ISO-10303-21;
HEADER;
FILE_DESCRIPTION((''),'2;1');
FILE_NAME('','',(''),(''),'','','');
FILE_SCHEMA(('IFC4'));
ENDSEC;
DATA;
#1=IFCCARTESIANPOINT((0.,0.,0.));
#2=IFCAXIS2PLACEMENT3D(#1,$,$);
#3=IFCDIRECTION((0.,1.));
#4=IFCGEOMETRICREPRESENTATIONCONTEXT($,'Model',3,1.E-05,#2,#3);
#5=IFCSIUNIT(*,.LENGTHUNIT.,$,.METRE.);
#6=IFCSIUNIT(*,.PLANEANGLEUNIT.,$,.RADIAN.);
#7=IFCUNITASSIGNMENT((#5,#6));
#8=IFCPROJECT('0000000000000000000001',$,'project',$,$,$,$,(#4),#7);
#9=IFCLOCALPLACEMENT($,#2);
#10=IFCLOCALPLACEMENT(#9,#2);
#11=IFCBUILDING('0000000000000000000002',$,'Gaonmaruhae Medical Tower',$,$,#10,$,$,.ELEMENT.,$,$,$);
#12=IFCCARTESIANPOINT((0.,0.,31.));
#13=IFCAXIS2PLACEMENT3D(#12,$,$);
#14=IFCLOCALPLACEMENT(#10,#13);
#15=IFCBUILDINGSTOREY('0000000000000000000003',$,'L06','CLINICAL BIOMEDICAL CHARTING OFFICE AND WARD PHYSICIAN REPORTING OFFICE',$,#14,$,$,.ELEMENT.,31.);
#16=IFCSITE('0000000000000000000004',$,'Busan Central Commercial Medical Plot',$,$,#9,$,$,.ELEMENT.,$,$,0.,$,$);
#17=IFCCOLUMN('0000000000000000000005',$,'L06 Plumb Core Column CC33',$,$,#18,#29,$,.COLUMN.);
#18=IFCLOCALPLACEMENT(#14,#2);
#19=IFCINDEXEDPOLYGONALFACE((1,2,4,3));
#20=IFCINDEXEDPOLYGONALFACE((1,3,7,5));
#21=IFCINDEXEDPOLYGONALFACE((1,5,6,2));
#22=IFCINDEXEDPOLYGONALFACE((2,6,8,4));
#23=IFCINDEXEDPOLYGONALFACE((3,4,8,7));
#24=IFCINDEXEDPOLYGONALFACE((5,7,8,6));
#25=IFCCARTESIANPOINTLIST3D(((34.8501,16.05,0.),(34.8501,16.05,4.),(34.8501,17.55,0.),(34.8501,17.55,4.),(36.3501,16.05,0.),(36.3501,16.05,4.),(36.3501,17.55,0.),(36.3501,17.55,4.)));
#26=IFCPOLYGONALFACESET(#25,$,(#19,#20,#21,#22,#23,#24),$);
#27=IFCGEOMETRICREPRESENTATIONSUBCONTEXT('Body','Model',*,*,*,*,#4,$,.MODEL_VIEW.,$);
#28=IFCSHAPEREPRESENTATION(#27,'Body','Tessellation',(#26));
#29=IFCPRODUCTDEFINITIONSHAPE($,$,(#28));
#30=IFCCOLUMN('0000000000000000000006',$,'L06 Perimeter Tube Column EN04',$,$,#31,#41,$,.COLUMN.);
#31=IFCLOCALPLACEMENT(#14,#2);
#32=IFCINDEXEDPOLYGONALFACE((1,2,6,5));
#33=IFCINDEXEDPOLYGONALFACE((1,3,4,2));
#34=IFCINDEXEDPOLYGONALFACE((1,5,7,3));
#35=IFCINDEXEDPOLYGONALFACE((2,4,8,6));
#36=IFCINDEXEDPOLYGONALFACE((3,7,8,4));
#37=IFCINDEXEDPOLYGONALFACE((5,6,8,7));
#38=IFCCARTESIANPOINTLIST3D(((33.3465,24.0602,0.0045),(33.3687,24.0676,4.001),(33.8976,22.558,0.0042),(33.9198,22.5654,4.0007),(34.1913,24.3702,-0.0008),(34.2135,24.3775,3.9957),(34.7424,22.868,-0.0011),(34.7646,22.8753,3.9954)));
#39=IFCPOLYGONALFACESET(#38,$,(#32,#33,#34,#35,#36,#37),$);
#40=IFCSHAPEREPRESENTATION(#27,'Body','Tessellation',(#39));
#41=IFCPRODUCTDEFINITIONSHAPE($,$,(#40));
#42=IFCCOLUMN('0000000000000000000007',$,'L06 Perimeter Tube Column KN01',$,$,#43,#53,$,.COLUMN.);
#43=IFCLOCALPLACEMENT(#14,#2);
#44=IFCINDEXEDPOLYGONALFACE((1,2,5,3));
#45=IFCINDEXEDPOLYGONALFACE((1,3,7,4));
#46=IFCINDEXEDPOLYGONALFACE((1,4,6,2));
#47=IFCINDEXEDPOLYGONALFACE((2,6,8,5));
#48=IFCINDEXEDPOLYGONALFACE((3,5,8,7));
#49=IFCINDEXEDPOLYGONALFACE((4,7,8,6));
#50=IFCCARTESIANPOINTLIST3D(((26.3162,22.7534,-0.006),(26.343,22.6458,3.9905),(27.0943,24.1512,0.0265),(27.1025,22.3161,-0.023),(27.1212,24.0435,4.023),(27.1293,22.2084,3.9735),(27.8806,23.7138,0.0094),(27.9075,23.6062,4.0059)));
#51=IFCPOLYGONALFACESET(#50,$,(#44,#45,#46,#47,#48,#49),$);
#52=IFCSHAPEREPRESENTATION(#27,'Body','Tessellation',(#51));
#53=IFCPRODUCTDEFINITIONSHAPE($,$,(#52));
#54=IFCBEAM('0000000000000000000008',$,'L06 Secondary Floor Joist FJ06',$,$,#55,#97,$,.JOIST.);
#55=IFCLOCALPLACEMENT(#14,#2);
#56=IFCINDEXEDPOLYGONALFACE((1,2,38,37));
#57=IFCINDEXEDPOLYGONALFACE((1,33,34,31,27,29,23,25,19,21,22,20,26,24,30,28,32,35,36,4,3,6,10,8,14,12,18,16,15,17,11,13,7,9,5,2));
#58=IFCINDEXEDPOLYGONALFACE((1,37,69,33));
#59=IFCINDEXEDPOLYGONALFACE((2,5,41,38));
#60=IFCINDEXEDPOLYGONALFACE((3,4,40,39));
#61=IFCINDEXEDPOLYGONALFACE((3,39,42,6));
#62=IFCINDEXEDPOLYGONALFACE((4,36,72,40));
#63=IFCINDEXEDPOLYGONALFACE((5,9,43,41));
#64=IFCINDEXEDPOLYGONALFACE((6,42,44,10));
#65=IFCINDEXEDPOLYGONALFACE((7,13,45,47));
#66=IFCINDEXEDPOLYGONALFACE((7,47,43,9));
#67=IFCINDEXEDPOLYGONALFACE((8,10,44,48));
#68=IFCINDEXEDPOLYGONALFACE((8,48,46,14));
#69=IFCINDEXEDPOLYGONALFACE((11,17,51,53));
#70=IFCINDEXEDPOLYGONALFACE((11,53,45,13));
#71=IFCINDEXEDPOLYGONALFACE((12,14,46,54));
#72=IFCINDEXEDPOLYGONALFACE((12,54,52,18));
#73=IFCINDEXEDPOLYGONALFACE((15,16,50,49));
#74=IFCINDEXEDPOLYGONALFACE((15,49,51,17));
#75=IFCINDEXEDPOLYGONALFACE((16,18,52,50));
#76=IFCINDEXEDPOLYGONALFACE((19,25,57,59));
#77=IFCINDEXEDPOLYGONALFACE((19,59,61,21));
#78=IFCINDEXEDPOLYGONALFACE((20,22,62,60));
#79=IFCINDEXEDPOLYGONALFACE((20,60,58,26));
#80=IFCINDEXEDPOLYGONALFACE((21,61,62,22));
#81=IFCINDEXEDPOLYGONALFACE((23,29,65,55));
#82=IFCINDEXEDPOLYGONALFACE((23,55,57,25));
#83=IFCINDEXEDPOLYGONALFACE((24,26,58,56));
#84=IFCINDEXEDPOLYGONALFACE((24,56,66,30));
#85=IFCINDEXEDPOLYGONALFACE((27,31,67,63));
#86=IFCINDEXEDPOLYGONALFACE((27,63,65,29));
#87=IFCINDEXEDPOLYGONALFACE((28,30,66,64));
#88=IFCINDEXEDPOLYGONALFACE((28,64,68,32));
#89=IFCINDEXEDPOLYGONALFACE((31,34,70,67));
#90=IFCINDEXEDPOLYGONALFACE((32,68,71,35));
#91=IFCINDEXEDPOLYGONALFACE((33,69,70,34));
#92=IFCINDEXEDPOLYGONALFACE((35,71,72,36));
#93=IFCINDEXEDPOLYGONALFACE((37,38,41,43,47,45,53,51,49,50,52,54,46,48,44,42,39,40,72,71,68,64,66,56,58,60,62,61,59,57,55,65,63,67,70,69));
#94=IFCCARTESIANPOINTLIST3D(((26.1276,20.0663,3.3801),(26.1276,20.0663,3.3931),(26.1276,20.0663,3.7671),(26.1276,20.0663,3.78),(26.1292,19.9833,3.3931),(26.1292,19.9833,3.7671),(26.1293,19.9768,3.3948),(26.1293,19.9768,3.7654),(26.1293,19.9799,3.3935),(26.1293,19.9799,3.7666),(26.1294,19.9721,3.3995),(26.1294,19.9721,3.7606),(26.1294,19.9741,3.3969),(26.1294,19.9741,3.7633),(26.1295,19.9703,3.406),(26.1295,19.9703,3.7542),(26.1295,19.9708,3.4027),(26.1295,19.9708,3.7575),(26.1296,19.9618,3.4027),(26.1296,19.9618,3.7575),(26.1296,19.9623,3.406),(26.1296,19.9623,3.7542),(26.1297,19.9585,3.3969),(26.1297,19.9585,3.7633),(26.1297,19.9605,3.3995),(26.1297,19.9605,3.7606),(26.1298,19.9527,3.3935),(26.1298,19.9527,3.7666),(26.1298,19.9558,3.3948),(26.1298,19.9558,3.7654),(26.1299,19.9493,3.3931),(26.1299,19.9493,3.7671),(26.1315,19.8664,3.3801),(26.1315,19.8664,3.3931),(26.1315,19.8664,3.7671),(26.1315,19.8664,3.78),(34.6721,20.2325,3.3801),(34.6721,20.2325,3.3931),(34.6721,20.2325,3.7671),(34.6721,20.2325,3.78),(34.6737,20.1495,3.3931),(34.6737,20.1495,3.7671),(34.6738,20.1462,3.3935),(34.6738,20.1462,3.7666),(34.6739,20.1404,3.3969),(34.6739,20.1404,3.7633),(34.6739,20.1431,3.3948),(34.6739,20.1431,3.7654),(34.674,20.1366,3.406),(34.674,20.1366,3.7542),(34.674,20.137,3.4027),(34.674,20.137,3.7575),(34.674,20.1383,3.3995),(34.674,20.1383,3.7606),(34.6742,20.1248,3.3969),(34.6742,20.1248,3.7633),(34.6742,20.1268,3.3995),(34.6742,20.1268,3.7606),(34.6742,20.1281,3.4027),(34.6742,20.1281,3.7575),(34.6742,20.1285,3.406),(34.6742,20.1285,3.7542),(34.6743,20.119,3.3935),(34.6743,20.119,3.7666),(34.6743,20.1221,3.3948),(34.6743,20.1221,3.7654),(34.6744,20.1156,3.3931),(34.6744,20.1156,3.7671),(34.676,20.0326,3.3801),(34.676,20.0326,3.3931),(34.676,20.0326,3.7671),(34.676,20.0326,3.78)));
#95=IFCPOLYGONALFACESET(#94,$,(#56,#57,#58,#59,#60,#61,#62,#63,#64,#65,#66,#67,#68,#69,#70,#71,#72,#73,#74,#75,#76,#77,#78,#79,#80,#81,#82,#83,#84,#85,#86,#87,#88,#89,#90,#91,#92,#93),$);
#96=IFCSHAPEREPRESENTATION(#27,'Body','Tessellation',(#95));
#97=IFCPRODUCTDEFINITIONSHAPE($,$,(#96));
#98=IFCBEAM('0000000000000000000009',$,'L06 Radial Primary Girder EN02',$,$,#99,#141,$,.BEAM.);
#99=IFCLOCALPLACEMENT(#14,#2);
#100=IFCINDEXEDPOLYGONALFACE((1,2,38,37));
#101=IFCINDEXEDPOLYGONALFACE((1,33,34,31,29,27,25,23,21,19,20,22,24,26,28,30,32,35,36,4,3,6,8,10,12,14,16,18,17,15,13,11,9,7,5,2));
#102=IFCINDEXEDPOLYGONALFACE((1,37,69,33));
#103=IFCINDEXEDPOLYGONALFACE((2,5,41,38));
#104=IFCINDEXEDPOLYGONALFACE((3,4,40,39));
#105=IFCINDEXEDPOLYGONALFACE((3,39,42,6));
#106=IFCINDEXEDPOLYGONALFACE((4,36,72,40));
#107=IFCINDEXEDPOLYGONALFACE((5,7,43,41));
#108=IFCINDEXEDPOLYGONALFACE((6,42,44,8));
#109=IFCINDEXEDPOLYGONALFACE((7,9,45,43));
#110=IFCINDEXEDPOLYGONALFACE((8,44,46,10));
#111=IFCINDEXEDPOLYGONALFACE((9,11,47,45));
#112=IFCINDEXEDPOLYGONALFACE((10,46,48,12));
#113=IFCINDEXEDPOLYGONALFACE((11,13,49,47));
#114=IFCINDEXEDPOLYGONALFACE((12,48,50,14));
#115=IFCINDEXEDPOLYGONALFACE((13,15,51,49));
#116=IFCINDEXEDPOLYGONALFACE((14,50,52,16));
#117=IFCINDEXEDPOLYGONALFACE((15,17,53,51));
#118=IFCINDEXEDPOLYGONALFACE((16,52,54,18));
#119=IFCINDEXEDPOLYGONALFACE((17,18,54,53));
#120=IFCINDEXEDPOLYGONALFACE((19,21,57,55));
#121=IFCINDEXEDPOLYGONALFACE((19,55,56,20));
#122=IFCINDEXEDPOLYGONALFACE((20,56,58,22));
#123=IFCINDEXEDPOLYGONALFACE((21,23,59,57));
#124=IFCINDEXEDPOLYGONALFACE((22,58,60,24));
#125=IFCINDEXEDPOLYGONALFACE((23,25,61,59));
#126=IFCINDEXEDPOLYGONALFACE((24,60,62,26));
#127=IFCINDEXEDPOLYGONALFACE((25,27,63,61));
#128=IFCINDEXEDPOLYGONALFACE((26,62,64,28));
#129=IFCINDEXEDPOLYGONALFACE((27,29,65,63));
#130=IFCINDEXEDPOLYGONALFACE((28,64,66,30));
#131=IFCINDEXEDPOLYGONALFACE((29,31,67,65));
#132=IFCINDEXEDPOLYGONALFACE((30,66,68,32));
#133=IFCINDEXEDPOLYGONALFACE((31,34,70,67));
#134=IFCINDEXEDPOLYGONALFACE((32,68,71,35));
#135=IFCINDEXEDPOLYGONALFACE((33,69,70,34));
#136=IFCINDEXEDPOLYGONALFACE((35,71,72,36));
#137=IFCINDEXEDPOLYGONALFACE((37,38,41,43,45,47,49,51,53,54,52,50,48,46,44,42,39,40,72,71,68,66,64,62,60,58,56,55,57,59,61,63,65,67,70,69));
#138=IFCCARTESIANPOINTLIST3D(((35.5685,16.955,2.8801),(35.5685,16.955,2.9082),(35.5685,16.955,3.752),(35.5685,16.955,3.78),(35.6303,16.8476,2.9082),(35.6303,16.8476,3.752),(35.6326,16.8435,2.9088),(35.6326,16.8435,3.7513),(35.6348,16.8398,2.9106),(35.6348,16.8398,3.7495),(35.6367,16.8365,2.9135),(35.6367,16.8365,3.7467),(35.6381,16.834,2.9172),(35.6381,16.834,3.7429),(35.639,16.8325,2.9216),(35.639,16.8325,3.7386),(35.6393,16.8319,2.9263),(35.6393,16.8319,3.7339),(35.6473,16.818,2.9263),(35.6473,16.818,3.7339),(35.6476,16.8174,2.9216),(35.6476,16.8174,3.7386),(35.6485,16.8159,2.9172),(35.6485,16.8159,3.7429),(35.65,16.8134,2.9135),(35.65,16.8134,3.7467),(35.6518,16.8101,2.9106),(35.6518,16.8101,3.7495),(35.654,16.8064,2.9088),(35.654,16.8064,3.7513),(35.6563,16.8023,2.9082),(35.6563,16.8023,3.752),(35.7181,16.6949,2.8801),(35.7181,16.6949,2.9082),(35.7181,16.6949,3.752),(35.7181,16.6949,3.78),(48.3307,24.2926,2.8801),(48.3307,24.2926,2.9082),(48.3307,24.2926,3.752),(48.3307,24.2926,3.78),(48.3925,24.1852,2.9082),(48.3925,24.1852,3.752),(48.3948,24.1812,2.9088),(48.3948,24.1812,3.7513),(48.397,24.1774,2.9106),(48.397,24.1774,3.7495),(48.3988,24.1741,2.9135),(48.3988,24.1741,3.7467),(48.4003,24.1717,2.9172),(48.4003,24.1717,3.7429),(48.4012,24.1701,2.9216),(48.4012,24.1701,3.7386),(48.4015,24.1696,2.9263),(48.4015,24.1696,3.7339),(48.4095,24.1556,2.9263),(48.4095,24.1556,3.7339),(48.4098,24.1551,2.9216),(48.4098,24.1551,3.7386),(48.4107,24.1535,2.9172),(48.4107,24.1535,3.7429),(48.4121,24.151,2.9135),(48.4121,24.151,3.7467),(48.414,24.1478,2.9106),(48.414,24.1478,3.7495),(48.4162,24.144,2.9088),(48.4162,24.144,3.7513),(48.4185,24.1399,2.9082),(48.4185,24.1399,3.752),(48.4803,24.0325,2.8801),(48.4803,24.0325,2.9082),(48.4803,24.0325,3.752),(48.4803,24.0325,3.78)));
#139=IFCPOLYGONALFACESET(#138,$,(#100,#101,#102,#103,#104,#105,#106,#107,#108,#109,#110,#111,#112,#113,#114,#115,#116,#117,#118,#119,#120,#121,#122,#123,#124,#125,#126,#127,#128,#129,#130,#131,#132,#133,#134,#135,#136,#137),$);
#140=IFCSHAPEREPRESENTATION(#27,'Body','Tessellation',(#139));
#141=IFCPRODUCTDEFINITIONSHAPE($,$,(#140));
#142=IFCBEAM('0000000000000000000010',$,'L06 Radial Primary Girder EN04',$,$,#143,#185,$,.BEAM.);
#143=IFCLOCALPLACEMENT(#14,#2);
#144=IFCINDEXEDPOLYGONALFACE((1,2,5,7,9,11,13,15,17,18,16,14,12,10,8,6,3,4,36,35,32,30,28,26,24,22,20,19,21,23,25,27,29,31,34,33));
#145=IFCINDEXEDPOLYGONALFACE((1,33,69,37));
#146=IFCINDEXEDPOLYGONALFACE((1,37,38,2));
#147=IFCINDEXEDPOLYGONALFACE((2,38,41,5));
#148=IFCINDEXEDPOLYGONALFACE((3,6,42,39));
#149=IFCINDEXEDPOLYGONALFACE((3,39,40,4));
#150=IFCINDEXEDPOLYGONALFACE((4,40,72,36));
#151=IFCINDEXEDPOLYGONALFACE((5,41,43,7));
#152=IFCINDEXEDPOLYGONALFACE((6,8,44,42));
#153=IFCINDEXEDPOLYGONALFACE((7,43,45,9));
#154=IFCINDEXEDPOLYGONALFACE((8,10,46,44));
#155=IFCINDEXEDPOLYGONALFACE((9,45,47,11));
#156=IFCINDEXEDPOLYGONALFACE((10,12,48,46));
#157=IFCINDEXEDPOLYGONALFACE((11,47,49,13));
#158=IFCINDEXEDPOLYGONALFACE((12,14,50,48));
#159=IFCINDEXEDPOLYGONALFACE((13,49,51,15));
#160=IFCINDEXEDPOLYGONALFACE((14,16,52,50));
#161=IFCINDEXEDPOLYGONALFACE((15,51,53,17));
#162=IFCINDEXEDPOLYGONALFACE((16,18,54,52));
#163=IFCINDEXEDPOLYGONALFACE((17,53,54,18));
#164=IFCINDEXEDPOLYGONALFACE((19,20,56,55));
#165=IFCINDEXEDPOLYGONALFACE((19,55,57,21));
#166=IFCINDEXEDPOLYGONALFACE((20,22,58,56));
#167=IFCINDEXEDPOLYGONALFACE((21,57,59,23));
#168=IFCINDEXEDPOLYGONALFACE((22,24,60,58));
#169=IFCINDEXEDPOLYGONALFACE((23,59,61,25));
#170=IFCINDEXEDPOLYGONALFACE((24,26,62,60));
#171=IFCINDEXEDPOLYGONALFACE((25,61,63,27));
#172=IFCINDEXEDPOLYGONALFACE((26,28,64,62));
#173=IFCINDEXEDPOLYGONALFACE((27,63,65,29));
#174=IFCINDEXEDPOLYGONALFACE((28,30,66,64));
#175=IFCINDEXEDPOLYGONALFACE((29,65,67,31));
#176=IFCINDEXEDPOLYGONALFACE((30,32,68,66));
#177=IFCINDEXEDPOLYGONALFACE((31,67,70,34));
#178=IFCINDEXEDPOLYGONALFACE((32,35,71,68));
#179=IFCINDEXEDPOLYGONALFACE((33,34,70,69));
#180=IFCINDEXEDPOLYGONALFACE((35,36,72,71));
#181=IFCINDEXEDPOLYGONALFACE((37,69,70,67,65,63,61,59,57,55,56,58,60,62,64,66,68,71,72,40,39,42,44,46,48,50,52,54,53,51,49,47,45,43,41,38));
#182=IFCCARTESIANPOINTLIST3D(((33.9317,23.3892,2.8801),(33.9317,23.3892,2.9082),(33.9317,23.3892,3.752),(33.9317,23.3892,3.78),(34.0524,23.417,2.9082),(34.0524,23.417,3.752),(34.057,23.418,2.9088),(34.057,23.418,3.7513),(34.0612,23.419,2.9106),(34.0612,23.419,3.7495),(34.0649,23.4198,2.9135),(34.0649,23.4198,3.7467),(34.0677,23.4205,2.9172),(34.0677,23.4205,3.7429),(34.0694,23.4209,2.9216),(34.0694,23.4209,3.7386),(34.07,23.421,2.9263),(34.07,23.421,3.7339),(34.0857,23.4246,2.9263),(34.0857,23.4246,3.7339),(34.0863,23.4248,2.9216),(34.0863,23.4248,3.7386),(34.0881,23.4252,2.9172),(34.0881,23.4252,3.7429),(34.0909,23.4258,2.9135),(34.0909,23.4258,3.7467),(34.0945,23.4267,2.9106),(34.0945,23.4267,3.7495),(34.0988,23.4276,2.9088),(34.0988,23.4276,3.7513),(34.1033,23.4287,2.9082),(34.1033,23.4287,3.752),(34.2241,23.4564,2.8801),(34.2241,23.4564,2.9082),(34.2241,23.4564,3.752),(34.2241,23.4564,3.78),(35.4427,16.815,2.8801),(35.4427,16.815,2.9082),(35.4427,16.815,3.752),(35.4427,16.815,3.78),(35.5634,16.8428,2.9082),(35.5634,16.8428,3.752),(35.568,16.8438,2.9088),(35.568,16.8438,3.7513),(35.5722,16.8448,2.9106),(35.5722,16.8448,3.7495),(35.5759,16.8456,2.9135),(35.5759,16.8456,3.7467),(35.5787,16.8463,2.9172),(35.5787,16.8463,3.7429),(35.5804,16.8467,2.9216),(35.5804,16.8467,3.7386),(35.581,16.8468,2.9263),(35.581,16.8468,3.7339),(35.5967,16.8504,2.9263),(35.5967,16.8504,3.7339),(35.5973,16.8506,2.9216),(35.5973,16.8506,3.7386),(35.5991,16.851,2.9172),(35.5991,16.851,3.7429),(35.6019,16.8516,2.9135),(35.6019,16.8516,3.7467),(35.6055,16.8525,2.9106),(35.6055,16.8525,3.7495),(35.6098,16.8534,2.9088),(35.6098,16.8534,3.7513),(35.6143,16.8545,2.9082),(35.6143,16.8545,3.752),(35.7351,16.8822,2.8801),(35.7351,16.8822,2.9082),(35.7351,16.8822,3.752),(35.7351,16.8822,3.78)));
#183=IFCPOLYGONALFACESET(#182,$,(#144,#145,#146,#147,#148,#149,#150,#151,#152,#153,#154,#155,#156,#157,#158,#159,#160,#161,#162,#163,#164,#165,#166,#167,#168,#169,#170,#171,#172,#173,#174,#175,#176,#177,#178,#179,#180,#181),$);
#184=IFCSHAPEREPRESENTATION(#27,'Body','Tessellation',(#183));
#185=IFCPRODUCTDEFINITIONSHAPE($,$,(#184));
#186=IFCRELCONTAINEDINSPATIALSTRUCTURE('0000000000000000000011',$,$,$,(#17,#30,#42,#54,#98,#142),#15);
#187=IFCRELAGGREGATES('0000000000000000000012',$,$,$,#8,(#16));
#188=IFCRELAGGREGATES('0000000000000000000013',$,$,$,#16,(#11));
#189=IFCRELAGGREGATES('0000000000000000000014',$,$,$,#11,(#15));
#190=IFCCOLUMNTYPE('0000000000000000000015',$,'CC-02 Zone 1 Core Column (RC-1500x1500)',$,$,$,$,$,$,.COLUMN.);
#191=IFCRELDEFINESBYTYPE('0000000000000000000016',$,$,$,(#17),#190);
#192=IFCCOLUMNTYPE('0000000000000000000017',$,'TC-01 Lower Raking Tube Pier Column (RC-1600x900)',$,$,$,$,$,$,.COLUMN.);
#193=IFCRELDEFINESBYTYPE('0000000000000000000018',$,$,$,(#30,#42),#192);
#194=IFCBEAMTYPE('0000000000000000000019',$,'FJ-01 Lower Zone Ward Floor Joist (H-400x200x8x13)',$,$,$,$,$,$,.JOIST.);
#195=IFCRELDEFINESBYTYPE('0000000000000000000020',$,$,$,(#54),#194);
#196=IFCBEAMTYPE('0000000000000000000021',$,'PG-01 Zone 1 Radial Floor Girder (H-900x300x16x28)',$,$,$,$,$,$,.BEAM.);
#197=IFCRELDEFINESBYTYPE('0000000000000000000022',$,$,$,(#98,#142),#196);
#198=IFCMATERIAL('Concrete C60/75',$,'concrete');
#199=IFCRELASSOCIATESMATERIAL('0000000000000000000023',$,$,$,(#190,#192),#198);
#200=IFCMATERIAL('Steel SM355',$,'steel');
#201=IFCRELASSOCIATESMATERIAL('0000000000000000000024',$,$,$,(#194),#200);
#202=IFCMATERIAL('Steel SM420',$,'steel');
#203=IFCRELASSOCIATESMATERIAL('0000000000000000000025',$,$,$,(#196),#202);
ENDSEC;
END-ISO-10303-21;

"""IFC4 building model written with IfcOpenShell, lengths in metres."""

from ifc_helpers import new_model, si_unit, direction, frame, origin, origin_2d, place, context, subcontext, project, spatial, rectangle, i_section, extrude, material, material_profile, profile_set, type_object, element, save


model = new_model("IFC4")

# Units and contexts
model_context = context("Model", 3, precision=1e-05, world=origin(), true_north=direction((0.0, 1.0)))
body_context = subcontext(model_context, "Body", "Model", "MODEL_VIEW")
ifc_project = project(units=[si_unit("LENGTHUNIT", "METRE"), si_unit("PLANEANGLEUNIT", "RADIAN")], contexts=[model_context])

# Site, building, storey
site_placement = place(None, origin())
site = spatial("IfcSite", under=ifc_project, at=site_placement, Name="Busan Central Commercial Medical Plot", CompositionType="ELEMENT", RefElevation=0.0)
building_placement = place(site_placement, origin())
building = spatial("IfcBuilding", under=site, at=building_placement, Name="Gaonmaruhae Medical Tower", CompositionType="ELEMENT")
storey_placement = place(building_placement, frame((0.0, 0.0, 31.0)))
storey = spatial("IfcBuildingStorey", under=building, at=storey_placement, Name="L06", Description="CLINICAL BIOMEDICAL CHARTING OFFICE AND WARD PHYSICIAN REPORTING OFFICE", CompositionType="ELEMENT", Elevation=31.0)

# Columns
ifc_material_1 = material(Name="Concrete C60/75", Category="concrete")
ifc_material_profile_1 = material_profile(ifc_material_1, rectangle(XDim=1.5, YDim=1.5, at=origin_2d()), Name="RC-1500x1500")
ifc_profile_set_1 = profile_set([ifc_material_profile_1], Name="Concrete C60/75")
column_type_1 = type_object("IfcColumnType", Name="CC-02 Zone 1 Core Column (RC-1500x1500)", PredefinedType="COLUMN", material=ifc_profile_set_1)
column_1_placement = place(storey_placement, frame((35.6001, 16.8, 0.0), z_axis=(0.0, 0.0, 1.0), x_axis=(1.0, 0.0, 0.0)))
element("IfcColumn", 1, at=column_1_placement, inside=storey, type_object=column_type_1, Name="L06 Plumb Core Column CC33", PredefinedType="COLUMN", context=body_context, shape_type="SweptSolid", body=[
    extrude(rectangle(XDim=1.5, YDim=1.5, at=origin_2d()), origin(), (0.0, 0.0, 1.0), 4.0),
])
ifc_material_profile_2 = material_profile(ifc_material_1, rectangle(XDim=1.6001, YDim=0.8999, at=origin_2d()), Name="RC-1600x900")
ifc_profile_set_2 = profile_set([ifc_material_profile_2], Name="Concrete C60/75")
column_type_2 = type_object("IfcColumnType", Name="TC-01 Lower Raking Tube Pier Column (RC-1600x900)", PredefinedType="COLUMN", material=ifc_profile_set_2)
column_2_placement = place(storey_placement, frame((34.0444, 23.4641, 0.0017), z_axis=(0.005559, 0.001833, 0.999983), x_axis=(-0.344411, 0.938819, 0.000194)))
element("IfcColumn", 2, at=column_2_placement, inside=storey, type_object=column_type_2, Name="L06 Perimeter Tube Column EN04", PredefinedType="COLUMN", context=body_context, shape_type="SweptSolid", body=[
    extrude(rectangle(XDim=1.6001, YDim=0.8999, at=origin_2d()), origin(), (0.0, 0.0, 1.0), 3.9966),
])
column_3_placement = place(storey_placement, frame((27.0984, 23.2336, 0.0017), z_axis=(0.006717, -0.026929, 0.999615), x_axis=(0.486317, 0.873547, 0.020265)))
element("IfcColumn", 3, at=column_3_placement, inside=storey, type_object=column_type_2, Name="L06 Perimeter Tube Column KN01", PredefinedType="COLUMN", context=body_context, shape_type="SweptSolid", body=[
    extrude(rectangle(XDim=1.6001, YDim=0.8999, at=origin_2d()), origin(), (0.0, 0.0, 1.0), 3.998),
])

# Beams
ifc_material_2 = material(Name="Steel SM355", Category="steel")
ifc_material_profile_3 = material_profile(ifc_material_2, i_section(OverallWidth=0.2, OverallDepth=0.3999, WebThickness=0.0081, FlangeThickness=0.0129, FilletRadius=0.0129, at=origin_2d()), Name="H-400x200x8x13")
ifc_profile_set_3 = profile_set([ifc_material_profile_3], Name="Steel SM355")
beam_type_1 = type_object("IfcBeamType", Name="FJ-01 Lower Zone Ward Floor Joist (H-400x200x8x13)", PredefinedType="JOIST", material=ifc_profile_set_3)
beam_1_placement = place(storey_placement, frame((34.6741, 20.1326, 3.5801), z_axis=(-0.999811, -0.019455, 0.0), x_axis=(0.019455, -0.999811, 0.0)))
element("IfcBeam", 4, at=beam_1_placement, inside=storey, type_object=beam_type_1, Name="L06 Secondary Floor Joist FJ06", PredefinedType="JOIST", context=body_context, shape_type="SweptSolid", body=[
    extrude(i_section(OverallWidth=0.2, OverallDepth=0.3999, WebThickness=0.0081, FlangeThickness=0.0129, FilletRadius=0.0129, at=origin_2d()), origin(), (0.0, 0.0, 1.0), 8.5461),
])
ifc_material_3 = material(Name="Steel SM420", Category="steel")
ifc_material_profile_4 = material_profile(ifc_material_3, i_section(OverallWidth=0.3, OverallDepth=0.8999, WebThickness=0.0161, FlangeThickness=0.0281, FilletRadius=0.0181, at=origin_2d()), Name="H-900x300x16x28")
ifc_profile_set_4 = profile_set([ifc_material_profile_4], Name="Steel SM420")
beam_type_2 = type_object("IfcBeamType", Name="PG-01 Zone 1 Radial Floor Girder (H-900x300x16x28)", PredefinedType="BEAM", material=ifc_profile_set_4)
beam_2_placement = place(storey_placement, frame((35.6433, 16.825, 3.3301), z_axis=(0.866925, 0.498439, 0.0), x_axis=(-0.498439, 0.866925, 0.0)))
element("IfcBeam", 5, at=beam_2_placement, inside=storey, type_object=beam_type_2, Name="L06 Radial Primary Girder EN02", PredefinedType="BEAM", context=body_context, shape_type="SweptSolid", body=[
    extrude(i_section(OverallWidth=0.3, OverallDepth=0.8999, WebThickness=0.0161, FlangeThickness=0.0281, FilletRadius=0.0181, at=origin_2d()), origin(), (0.0, 0.0, 1.0), 14.7212),
])
beam_3_placement = place(storey_placement, frame((35.5889, 16.8486, 3.3301), z_axis=(-0.223995, 0.97459, 0.0), x_axis=(-0.97459, -0.223995, 0.0)))
element("IfcBeam", 6, at=beam_3_placement, inside=storey, type_object=beam_type_2, Name="L06 Radial Primary Girder EN04", PredefinedType="BEAM", context=body_context, shape_type="SweptSolid", body=[
    extrude(i_section(OverallWidth=0.3, OverallDepth=0.8999, WebThickness=0.0161, FlangeThickness=0.0281, FilletRadius=0.0181, at=origin_2d()), origin(), (0.0, 0.0, 1.0), 6.7456),
])

save(model, "model.ifc")
